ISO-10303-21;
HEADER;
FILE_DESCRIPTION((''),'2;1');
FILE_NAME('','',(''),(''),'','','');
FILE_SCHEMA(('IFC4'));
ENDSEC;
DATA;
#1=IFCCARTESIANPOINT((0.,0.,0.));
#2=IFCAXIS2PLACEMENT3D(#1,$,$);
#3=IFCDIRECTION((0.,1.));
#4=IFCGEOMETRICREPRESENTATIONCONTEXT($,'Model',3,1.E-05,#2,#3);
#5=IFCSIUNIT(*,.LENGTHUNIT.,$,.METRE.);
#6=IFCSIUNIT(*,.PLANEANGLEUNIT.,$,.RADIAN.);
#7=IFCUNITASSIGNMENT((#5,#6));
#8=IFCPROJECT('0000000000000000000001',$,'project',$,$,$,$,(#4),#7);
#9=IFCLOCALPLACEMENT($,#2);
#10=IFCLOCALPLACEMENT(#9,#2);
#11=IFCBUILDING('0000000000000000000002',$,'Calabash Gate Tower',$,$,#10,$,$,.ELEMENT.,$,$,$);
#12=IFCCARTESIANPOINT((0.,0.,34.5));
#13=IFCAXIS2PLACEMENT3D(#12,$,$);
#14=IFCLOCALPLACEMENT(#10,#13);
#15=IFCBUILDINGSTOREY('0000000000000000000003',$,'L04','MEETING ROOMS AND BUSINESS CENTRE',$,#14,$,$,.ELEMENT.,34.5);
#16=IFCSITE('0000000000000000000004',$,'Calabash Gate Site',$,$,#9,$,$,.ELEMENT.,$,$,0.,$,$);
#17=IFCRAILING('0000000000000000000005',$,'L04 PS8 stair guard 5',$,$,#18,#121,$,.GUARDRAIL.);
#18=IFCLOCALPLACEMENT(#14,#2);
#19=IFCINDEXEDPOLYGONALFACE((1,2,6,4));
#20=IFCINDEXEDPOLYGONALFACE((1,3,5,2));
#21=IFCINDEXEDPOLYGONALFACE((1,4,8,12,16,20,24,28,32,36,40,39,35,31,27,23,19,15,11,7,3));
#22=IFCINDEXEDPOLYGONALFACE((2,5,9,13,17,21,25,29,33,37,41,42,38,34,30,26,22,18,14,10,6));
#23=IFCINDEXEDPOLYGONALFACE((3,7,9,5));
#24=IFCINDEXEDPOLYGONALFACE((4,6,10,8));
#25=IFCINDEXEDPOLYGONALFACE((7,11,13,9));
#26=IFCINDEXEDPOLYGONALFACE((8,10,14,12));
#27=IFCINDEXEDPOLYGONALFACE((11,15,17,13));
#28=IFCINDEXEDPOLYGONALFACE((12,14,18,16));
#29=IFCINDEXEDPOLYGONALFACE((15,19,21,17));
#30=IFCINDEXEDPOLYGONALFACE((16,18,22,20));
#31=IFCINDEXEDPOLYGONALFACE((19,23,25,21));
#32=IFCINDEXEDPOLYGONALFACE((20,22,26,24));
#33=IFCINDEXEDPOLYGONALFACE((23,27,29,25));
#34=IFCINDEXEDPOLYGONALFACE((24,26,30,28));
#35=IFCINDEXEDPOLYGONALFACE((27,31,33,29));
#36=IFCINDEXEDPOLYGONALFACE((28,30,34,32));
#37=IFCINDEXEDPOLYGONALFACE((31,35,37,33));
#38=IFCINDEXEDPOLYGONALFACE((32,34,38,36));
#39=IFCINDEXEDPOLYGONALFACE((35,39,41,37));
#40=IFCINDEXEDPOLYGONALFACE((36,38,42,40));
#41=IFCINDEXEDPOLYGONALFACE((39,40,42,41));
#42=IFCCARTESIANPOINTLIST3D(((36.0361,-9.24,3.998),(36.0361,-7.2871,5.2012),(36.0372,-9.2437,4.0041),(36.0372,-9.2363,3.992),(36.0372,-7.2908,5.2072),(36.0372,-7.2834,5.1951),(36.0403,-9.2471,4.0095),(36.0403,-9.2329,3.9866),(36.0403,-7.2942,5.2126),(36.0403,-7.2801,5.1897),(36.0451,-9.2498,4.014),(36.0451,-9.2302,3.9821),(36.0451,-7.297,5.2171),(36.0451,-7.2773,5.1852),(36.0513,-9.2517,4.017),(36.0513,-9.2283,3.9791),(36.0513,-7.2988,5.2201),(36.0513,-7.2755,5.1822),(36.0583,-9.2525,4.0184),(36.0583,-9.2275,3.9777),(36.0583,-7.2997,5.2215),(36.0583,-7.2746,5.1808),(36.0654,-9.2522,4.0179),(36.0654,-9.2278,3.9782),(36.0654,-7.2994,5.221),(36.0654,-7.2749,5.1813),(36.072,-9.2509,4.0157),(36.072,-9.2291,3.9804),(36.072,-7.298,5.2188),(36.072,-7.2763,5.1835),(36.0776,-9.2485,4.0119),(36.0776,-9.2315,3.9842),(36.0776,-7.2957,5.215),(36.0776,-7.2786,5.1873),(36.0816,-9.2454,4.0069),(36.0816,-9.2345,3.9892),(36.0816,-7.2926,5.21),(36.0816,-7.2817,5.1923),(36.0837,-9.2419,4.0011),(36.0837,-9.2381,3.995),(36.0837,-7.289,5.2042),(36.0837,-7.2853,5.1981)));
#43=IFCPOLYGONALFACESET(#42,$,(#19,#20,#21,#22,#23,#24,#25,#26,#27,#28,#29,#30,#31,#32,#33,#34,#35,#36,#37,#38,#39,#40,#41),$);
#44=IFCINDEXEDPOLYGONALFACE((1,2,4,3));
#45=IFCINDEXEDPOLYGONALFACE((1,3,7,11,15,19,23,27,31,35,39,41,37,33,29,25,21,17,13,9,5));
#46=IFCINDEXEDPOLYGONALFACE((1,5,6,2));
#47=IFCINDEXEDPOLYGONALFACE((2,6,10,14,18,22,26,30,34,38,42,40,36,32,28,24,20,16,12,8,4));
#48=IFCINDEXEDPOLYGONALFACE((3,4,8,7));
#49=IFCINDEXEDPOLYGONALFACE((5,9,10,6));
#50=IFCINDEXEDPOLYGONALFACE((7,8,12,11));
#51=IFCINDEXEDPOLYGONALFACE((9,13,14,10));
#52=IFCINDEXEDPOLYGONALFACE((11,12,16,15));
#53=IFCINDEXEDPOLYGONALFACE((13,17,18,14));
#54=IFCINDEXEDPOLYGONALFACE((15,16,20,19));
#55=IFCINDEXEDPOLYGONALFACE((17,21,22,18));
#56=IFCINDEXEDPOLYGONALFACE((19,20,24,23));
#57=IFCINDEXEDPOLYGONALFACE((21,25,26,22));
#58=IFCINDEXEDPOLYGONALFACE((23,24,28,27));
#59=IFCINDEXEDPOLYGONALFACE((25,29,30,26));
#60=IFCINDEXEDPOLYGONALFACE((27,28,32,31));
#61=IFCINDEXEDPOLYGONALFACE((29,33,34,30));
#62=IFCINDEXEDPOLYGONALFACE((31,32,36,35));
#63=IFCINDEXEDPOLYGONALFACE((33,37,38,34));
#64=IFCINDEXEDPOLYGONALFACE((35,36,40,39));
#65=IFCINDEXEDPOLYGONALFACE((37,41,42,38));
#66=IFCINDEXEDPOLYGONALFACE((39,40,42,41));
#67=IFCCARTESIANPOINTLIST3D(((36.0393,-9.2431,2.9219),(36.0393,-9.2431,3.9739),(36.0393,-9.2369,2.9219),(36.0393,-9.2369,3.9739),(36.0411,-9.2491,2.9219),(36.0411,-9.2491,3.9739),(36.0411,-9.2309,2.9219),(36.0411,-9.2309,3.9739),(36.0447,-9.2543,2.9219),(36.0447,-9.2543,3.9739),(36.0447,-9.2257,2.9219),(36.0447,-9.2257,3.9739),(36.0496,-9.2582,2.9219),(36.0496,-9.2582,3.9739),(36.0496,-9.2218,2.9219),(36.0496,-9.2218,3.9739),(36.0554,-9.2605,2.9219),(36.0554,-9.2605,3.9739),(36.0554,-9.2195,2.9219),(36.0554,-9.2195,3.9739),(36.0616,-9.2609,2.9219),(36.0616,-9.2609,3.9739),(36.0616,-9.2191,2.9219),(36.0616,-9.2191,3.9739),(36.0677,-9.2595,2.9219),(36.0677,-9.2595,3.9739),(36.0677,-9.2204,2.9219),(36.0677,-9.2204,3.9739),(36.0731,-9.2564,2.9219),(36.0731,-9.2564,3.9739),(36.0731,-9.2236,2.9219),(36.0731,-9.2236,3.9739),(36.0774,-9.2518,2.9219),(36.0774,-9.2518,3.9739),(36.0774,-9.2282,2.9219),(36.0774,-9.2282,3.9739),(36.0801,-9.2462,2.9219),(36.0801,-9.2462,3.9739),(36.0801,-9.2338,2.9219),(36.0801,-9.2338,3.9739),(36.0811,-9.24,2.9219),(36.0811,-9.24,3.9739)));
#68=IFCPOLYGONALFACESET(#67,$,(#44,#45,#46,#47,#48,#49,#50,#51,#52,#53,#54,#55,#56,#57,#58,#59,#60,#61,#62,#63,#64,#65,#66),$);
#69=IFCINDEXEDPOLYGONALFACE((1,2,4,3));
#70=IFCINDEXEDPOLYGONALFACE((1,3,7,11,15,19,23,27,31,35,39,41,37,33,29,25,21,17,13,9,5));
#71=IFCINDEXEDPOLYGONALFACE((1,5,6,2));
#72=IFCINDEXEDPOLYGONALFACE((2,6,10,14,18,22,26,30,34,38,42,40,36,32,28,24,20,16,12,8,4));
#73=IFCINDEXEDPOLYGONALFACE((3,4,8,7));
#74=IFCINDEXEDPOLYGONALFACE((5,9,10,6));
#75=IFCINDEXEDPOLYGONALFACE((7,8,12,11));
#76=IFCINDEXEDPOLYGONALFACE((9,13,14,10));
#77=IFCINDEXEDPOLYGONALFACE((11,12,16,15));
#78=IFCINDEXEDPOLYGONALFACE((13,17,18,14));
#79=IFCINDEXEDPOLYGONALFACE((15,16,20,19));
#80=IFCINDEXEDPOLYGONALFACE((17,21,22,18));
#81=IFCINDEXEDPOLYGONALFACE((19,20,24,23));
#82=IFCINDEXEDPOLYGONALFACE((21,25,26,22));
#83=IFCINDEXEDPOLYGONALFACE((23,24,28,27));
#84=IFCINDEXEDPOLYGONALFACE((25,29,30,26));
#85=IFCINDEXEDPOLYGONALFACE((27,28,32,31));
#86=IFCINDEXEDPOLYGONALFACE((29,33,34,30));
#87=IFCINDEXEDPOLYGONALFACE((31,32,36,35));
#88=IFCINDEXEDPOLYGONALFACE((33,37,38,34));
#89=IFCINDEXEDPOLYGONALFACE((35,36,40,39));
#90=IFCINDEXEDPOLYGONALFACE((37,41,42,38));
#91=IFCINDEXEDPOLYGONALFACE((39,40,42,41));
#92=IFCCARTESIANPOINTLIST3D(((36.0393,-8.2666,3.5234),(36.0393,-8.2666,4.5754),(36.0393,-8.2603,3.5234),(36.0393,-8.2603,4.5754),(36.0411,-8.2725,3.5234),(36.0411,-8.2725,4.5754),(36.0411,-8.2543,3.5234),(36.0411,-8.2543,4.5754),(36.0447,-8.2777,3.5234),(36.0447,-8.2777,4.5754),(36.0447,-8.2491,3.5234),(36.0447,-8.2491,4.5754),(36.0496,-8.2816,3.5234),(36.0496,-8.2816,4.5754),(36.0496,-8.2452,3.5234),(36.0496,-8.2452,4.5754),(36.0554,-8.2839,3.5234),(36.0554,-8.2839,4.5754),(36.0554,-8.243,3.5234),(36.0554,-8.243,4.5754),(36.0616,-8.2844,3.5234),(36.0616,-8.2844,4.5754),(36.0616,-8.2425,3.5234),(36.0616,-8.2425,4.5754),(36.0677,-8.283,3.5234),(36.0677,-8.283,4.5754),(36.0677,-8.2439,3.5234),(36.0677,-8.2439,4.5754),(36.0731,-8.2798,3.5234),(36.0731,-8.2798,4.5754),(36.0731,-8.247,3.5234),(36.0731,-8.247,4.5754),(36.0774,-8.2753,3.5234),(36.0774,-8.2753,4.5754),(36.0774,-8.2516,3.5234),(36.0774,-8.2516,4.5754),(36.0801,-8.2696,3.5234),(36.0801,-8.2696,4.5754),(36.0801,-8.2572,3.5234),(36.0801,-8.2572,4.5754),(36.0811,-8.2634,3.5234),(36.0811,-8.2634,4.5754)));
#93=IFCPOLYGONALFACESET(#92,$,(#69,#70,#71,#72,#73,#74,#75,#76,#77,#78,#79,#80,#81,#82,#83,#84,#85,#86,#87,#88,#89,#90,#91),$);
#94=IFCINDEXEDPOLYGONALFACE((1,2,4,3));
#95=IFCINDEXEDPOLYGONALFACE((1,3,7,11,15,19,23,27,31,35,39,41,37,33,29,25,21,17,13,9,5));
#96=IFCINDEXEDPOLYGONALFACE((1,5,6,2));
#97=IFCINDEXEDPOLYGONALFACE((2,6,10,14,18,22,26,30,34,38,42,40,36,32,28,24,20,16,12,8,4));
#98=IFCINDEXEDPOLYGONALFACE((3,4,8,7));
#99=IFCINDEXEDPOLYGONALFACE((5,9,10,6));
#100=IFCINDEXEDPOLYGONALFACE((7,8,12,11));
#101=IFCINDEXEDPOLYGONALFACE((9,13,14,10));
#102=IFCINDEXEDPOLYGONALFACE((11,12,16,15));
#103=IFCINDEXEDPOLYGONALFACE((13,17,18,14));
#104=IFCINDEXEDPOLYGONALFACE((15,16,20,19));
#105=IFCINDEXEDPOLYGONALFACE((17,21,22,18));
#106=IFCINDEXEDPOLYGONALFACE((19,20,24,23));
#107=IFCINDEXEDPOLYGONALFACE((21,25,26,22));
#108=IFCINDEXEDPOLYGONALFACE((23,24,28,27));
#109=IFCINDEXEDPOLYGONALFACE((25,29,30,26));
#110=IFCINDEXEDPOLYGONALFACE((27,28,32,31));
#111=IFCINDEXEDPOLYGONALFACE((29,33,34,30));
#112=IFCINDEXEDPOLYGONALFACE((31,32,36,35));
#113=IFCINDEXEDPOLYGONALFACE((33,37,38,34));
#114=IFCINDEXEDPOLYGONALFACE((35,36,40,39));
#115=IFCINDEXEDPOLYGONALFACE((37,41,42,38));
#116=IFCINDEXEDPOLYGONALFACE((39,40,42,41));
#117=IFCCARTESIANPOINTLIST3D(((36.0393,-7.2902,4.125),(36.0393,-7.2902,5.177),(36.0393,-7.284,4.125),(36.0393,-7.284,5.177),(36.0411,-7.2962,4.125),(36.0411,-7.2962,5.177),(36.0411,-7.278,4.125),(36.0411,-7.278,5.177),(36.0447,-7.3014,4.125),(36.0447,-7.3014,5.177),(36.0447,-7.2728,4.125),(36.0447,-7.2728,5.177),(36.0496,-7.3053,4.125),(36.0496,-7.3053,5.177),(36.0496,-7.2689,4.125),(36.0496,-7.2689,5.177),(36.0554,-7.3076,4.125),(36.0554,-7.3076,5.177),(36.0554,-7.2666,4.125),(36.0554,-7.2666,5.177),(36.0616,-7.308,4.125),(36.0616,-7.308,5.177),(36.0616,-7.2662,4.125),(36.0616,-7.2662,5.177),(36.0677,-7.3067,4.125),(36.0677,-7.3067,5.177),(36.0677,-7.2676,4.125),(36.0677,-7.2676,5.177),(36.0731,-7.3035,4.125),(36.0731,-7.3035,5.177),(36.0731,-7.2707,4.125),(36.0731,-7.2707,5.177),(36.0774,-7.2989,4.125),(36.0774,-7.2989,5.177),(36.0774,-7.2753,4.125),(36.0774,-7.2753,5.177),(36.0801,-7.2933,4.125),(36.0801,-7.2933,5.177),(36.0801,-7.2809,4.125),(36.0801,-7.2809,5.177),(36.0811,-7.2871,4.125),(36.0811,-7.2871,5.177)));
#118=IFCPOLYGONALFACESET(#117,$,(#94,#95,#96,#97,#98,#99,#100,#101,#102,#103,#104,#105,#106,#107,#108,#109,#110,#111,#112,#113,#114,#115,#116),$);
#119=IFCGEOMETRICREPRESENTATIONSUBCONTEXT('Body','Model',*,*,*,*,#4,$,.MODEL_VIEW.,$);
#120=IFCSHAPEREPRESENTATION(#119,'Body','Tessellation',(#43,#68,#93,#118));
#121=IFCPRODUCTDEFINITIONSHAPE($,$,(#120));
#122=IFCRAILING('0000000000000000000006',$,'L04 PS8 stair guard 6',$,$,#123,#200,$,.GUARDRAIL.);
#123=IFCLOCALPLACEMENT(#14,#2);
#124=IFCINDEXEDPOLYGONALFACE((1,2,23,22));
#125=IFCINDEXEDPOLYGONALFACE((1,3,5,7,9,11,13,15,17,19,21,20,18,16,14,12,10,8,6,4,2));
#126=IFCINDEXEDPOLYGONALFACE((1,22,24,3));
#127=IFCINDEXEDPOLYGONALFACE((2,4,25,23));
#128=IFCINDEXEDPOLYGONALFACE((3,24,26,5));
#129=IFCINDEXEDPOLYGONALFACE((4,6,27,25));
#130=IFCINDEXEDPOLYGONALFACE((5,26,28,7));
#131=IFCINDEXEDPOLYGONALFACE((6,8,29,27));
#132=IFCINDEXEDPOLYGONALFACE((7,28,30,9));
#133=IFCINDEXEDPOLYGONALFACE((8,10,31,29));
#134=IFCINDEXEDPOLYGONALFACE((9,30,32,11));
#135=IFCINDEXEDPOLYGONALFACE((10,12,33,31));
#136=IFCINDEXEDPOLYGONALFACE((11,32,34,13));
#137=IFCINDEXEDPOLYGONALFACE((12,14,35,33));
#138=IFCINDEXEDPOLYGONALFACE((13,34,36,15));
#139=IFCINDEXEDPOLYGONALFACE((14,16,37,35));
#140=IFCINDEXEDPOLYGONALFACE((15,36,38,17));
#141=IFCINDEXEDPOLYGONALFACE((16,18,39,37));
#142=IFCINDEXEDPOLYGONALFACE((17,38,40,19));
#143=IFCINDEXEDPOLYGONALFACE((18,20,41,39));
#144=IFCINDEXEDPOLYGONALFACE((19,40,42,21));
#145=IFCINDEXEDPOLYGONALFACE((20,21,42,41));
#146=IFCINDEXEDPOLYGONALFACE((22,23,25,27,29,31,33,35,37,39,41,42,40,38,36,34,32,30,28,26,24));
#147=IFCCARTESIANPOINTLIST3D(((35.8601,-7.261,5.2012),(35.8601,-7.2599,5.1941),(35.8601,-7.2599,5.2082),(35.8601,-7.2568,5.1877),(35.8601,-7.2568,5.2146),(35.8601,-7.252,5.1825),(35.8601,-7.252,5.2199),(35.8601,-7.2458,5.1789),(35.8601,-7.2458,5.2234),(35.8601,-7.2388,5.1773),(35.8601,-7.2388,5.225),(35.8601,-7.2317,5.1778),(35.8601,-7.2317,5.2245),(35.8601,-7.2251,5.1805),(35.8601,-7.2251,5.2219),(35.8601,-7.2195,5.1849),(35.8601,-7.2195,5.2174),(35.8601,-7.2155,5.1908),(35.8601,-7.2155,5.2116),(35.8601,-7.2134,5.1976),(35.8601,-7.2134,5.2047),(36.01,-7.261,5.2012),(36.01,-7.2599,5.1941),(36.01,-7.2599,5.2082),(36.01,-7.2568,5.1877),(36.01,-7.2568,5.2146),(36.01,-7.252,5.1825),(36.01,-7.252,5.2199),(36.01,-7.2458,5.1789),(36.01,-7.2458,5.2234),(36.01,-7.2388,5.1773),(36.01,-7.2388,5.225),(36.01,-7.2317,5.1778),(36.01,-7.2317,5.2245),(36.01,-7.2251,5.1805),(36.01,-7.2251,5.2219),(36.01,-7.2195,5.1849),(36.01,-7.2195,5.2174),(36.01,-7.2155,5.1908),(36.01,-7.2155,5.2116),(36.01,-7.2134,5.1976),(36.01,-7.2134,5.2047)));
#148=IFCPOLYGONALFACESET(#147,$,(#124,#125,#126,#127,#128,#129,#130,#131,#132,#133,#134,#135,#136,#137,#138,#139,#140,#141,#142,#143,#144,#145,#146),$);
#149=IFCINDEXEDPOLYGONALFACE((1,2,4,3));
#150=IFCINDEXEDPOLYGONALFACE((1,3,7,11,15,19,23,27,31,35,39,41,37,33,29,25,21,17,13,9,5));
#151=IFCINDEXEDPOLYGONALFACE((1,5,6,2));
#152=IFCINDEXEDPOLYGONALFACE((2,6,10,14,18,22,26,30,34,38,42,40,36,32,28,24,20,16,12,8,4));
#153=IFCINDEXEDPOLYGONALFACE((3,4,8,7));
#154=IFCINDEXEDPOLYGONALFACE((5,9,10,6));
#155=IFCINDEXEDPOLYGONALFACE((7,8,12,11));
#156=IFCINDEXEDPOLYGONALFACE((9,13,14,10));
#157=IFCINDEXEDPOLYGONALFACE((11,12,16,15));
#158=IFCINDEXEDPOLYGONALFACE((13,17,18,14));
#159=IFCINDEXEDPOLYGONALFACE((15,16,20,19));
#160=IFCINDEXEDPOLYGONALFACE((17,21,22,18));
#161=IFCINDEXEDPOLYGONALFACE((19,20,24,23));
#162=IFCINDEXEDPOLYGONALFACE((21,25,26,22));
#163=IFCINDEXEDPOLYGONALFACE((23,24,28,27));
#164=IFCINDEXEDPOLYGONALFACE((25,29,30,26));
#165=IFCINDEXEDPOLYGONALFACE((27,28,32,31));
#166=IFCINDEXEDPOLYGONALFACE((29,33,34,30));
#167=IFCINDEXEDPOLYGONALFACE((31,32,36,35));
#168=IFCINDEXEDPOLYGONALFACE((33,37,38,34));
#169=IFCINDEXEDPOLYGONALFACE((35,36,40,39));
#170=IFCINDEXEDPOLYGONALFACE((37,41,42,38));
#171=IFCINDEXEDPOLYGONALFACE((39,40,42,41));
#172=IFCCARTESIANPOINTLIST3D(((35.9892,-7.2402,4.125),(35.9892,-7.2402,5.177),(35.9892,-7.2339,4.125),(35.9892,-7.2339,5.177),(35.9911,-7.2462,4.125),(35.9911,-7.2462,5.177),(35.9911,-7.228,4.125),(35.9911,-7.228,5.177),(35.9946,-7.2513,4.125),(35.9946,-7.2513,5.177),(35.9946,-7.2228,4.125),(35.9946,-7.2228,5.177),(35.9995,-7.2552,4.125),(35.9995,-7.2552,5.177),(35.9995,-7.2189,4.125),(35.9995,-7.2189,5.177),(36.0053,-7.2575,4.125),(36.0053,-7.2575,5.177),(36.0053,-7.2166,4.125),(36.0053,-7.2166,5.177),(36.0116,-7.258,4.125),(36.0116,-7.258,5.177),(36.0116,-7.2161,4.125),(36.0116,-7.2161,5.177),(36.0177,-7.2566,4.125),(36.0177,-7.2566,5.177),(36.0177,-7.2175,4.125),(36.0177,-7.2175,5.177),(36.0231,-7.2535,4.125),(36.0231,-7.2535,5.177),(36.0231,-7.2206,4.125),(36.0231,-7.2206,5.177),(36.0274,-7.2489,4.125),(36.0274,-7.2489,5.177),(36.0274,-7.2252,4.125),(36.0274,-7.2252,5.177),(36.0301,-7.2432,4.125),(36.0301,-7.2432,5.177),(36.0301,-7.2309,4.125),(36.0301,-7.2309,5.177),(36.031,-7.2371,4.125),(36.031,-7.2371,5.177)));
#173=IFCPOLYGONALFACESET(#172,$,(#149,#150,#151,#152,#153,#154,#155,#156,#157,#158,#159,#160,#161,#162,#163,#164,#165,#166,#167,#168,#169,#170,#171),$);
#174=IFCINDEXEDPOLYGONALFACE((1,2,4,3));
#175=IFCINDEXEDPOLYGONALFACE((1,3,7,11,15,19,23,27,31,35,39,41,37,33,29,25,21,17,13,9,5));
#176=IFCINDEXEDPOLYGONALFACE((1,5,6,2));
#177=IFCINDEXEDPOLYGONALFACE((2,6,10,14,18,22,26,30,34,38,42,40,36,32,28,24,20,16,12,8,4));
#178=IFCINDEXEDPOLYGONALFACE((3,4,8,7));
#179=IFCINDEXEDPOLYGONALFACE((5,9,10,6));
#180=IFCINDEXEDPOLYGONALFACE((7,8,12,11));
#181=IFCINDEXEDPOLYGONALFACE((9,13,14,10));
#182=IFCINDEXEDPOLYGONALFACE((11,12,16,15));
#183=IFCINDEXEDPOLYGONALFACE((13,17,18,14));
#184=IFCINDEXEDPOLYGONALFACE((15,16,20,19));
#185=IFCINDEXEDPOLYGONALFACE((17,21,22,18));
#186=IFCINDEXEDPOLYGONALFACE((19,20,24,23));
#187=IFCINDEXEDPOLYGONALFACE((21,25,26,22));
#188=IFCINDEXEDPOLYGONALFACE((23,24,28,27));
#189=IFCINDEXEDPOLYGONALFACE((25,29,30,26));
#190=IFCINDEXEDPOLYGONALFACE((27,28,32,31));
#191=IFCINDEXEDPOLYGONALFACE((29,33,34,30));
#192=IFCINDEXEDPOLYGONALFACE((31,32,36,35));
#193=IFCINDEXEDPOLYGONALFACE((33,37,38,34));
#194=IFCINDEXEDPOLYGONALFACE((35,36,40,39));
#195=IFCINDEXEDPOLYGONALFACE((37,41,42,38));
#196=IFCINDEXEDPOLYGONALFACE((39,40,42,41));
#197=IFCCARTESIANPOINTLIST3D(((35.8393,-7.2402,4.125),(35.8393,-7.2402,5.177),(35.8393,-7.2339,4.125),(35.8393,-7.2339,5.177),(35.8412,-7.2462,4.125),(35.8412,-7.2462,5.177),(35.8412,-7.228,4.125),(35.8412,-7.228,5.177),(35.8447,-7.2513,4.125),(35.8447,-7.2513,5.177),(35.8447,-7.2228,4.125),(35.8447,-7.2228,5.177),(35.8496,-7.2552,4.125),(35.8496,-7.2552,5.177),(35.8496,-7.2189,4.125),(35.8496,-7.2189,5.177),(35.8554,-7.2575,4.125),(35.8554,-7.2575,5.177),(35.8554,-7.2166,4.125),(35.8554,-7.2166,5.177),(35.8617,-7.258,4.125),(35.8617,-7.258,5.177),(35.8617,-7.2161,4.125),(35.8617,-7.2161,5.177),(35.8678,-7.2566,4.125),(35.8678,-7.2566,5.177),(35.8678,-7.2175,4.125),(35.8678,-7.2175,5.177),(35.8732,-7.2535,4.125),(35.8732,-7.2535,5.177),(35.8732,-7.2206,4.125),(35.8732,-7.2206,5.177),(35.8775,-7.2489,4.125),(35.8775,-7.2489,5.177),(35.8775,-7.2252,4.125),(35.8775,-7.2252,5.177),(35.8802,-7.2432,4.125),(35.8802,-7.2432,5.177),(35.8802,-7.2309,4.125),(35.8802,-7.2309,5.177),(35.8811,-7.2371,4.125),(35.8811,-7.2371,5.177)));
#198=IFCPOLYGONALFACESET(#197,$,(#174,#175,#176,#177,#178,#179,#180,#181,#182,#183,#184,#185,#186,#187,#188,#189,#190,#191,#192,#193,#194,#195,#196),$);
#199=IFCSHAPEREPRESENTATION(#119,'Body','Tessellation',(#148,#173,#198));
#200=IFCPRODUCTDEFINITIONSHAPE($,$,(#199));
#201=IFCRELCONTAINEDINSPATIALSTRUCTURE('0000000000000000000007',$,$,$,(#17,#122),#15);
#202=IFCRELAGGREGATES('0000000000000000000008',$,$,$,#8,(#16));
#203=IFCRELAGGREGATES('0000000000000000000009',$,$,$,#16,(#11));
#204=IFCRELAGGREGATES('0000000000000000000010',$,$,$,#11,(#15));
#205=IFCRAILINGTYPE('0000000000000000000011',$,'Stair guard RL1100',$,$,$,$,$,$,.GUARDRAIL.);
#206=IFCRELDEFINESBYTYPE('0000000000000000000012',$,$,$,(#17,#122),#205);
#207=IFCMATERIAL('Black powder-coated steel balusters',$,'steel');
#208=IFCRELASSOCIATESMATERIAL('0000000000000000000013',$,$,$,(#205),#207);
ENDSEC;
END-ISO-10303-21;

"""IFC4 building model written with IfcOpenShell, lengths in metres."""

from ifc_helpers import new_model, si_unit, direction, frame, origin, origin_2d, place, context, subcontext, project, spatial, circle, extrude, material, type_object, element, save


model = new_model("IFC4")

# Units and contexts
model_context = context("Model", 3, precision=1e-05, world=origin(), true_north=direction((0.0, 1.0)))
body_context = subcontext(model_context, "Body", "Model", "MODEL_VIEW")
ifc_project = project(units=[si_unit("LENGTHUNIT", "METRE"), si_unit("PLANEANGLEUNIT", "RADIAN")], contexts=[model_context])

# Site, building, storey
site_placement = place(None, origin())
site = spatial("IfcSite", under=ifc_project, at=site_placement, Name="Calabash Gate Site", CompositionType="ELEMENT", RefElevation=0.0)
building_placement = place(site_placement, origin())
building = spatial("IfcBuilding", under=site, at=building_placement, Name="Calabash Gate Tower", CompositionType="ELEMENT")
storey_placement = place(building_placement, frame((0.0, 0.0, 34.5)))
storey = spatial("IfcBuildingStorey", under=building, at=storey_placement, Name="L04", Description="MEETING ROOMS AND BUSINESS CENTRE", CompositionType="ELEMENT", Elevation=34.5)

# Railings
ifc_material_1 = material(Name="Black powder-coated steel balusters", Category="steel")
railing_type_1 = type_object("IfcRailingType", Name="Stair guard RL1100", PredefinedType="GUARDRAIL", material=ifc_material_1)
railing_1_placement = place(storey_placement, frame((36.0601, -9.24, 2.9219)))
element("IfcRailing", 1, at=railing_1_placement, inside=storey, type_object=railing_type_1, Name="L04 PS8 stair guard 5", PredefinedType="GUARDRAIL", context=body_context, shape_type="SweptSolid", body=[
    extrude(circle(Radius=0.0239, at=origin_2d()), frame((0.0, 0.0, 1.0762), z_axis=(0.0, 0.851395, 0.524525), x_axis=(-1.0, 0.0, 0.0)), (0.0, 0.0, 1.0), 2.2937),
    extrude(circle(Radius=0.021, at=origin_2d()), origin(), (0.0, 0.0, 1.0), 1.052),
    extrude(circle(Radius=0.021, at=origin_2d()), frame((0.0, 0.9766, 0.6016)), (0.0, 0.0, 1.0), 1.052),
    extrude(circle(Radius=0.021, at=origin_2d()), frame((0.0, 1.9529, 1.2031)), (0.0, 0.0, 1.0), 1.052),
])
railing_2_placement = place(storey_placement, frame((36.01, -7.2371, 4.125)))
element("IfcRailing", 2, at=railing_2_placement, inside=storey, type_object=railing_type_1, Name="L04 PS8 stair guard 6", PredefinedType="GUARDRAIL", context=body_context, shape_type="SweptSolid", body=[
    extrude(circle(Radius=0.0239, at=origin_2d()), frame((0.0, 0.0, 1.0762), z_axis=(-1.0, 0.0, 0.0), x_axis=(0.0, -1.0, 0.0)), (0.0, 0.0, 1.0), 0.1499),
    extrude(circle(Radius=0.021, at=origin_2d()), origin(), (0.0, 0.0, 1.0), 1.052),
    extrude(circle(Radius=0.021, at=origin_2d()), frame((-0.1499, 0.0, 0.0)), (0.0, 0.0, 1.0), 1.052),
])

save(model, "model.ifc")
